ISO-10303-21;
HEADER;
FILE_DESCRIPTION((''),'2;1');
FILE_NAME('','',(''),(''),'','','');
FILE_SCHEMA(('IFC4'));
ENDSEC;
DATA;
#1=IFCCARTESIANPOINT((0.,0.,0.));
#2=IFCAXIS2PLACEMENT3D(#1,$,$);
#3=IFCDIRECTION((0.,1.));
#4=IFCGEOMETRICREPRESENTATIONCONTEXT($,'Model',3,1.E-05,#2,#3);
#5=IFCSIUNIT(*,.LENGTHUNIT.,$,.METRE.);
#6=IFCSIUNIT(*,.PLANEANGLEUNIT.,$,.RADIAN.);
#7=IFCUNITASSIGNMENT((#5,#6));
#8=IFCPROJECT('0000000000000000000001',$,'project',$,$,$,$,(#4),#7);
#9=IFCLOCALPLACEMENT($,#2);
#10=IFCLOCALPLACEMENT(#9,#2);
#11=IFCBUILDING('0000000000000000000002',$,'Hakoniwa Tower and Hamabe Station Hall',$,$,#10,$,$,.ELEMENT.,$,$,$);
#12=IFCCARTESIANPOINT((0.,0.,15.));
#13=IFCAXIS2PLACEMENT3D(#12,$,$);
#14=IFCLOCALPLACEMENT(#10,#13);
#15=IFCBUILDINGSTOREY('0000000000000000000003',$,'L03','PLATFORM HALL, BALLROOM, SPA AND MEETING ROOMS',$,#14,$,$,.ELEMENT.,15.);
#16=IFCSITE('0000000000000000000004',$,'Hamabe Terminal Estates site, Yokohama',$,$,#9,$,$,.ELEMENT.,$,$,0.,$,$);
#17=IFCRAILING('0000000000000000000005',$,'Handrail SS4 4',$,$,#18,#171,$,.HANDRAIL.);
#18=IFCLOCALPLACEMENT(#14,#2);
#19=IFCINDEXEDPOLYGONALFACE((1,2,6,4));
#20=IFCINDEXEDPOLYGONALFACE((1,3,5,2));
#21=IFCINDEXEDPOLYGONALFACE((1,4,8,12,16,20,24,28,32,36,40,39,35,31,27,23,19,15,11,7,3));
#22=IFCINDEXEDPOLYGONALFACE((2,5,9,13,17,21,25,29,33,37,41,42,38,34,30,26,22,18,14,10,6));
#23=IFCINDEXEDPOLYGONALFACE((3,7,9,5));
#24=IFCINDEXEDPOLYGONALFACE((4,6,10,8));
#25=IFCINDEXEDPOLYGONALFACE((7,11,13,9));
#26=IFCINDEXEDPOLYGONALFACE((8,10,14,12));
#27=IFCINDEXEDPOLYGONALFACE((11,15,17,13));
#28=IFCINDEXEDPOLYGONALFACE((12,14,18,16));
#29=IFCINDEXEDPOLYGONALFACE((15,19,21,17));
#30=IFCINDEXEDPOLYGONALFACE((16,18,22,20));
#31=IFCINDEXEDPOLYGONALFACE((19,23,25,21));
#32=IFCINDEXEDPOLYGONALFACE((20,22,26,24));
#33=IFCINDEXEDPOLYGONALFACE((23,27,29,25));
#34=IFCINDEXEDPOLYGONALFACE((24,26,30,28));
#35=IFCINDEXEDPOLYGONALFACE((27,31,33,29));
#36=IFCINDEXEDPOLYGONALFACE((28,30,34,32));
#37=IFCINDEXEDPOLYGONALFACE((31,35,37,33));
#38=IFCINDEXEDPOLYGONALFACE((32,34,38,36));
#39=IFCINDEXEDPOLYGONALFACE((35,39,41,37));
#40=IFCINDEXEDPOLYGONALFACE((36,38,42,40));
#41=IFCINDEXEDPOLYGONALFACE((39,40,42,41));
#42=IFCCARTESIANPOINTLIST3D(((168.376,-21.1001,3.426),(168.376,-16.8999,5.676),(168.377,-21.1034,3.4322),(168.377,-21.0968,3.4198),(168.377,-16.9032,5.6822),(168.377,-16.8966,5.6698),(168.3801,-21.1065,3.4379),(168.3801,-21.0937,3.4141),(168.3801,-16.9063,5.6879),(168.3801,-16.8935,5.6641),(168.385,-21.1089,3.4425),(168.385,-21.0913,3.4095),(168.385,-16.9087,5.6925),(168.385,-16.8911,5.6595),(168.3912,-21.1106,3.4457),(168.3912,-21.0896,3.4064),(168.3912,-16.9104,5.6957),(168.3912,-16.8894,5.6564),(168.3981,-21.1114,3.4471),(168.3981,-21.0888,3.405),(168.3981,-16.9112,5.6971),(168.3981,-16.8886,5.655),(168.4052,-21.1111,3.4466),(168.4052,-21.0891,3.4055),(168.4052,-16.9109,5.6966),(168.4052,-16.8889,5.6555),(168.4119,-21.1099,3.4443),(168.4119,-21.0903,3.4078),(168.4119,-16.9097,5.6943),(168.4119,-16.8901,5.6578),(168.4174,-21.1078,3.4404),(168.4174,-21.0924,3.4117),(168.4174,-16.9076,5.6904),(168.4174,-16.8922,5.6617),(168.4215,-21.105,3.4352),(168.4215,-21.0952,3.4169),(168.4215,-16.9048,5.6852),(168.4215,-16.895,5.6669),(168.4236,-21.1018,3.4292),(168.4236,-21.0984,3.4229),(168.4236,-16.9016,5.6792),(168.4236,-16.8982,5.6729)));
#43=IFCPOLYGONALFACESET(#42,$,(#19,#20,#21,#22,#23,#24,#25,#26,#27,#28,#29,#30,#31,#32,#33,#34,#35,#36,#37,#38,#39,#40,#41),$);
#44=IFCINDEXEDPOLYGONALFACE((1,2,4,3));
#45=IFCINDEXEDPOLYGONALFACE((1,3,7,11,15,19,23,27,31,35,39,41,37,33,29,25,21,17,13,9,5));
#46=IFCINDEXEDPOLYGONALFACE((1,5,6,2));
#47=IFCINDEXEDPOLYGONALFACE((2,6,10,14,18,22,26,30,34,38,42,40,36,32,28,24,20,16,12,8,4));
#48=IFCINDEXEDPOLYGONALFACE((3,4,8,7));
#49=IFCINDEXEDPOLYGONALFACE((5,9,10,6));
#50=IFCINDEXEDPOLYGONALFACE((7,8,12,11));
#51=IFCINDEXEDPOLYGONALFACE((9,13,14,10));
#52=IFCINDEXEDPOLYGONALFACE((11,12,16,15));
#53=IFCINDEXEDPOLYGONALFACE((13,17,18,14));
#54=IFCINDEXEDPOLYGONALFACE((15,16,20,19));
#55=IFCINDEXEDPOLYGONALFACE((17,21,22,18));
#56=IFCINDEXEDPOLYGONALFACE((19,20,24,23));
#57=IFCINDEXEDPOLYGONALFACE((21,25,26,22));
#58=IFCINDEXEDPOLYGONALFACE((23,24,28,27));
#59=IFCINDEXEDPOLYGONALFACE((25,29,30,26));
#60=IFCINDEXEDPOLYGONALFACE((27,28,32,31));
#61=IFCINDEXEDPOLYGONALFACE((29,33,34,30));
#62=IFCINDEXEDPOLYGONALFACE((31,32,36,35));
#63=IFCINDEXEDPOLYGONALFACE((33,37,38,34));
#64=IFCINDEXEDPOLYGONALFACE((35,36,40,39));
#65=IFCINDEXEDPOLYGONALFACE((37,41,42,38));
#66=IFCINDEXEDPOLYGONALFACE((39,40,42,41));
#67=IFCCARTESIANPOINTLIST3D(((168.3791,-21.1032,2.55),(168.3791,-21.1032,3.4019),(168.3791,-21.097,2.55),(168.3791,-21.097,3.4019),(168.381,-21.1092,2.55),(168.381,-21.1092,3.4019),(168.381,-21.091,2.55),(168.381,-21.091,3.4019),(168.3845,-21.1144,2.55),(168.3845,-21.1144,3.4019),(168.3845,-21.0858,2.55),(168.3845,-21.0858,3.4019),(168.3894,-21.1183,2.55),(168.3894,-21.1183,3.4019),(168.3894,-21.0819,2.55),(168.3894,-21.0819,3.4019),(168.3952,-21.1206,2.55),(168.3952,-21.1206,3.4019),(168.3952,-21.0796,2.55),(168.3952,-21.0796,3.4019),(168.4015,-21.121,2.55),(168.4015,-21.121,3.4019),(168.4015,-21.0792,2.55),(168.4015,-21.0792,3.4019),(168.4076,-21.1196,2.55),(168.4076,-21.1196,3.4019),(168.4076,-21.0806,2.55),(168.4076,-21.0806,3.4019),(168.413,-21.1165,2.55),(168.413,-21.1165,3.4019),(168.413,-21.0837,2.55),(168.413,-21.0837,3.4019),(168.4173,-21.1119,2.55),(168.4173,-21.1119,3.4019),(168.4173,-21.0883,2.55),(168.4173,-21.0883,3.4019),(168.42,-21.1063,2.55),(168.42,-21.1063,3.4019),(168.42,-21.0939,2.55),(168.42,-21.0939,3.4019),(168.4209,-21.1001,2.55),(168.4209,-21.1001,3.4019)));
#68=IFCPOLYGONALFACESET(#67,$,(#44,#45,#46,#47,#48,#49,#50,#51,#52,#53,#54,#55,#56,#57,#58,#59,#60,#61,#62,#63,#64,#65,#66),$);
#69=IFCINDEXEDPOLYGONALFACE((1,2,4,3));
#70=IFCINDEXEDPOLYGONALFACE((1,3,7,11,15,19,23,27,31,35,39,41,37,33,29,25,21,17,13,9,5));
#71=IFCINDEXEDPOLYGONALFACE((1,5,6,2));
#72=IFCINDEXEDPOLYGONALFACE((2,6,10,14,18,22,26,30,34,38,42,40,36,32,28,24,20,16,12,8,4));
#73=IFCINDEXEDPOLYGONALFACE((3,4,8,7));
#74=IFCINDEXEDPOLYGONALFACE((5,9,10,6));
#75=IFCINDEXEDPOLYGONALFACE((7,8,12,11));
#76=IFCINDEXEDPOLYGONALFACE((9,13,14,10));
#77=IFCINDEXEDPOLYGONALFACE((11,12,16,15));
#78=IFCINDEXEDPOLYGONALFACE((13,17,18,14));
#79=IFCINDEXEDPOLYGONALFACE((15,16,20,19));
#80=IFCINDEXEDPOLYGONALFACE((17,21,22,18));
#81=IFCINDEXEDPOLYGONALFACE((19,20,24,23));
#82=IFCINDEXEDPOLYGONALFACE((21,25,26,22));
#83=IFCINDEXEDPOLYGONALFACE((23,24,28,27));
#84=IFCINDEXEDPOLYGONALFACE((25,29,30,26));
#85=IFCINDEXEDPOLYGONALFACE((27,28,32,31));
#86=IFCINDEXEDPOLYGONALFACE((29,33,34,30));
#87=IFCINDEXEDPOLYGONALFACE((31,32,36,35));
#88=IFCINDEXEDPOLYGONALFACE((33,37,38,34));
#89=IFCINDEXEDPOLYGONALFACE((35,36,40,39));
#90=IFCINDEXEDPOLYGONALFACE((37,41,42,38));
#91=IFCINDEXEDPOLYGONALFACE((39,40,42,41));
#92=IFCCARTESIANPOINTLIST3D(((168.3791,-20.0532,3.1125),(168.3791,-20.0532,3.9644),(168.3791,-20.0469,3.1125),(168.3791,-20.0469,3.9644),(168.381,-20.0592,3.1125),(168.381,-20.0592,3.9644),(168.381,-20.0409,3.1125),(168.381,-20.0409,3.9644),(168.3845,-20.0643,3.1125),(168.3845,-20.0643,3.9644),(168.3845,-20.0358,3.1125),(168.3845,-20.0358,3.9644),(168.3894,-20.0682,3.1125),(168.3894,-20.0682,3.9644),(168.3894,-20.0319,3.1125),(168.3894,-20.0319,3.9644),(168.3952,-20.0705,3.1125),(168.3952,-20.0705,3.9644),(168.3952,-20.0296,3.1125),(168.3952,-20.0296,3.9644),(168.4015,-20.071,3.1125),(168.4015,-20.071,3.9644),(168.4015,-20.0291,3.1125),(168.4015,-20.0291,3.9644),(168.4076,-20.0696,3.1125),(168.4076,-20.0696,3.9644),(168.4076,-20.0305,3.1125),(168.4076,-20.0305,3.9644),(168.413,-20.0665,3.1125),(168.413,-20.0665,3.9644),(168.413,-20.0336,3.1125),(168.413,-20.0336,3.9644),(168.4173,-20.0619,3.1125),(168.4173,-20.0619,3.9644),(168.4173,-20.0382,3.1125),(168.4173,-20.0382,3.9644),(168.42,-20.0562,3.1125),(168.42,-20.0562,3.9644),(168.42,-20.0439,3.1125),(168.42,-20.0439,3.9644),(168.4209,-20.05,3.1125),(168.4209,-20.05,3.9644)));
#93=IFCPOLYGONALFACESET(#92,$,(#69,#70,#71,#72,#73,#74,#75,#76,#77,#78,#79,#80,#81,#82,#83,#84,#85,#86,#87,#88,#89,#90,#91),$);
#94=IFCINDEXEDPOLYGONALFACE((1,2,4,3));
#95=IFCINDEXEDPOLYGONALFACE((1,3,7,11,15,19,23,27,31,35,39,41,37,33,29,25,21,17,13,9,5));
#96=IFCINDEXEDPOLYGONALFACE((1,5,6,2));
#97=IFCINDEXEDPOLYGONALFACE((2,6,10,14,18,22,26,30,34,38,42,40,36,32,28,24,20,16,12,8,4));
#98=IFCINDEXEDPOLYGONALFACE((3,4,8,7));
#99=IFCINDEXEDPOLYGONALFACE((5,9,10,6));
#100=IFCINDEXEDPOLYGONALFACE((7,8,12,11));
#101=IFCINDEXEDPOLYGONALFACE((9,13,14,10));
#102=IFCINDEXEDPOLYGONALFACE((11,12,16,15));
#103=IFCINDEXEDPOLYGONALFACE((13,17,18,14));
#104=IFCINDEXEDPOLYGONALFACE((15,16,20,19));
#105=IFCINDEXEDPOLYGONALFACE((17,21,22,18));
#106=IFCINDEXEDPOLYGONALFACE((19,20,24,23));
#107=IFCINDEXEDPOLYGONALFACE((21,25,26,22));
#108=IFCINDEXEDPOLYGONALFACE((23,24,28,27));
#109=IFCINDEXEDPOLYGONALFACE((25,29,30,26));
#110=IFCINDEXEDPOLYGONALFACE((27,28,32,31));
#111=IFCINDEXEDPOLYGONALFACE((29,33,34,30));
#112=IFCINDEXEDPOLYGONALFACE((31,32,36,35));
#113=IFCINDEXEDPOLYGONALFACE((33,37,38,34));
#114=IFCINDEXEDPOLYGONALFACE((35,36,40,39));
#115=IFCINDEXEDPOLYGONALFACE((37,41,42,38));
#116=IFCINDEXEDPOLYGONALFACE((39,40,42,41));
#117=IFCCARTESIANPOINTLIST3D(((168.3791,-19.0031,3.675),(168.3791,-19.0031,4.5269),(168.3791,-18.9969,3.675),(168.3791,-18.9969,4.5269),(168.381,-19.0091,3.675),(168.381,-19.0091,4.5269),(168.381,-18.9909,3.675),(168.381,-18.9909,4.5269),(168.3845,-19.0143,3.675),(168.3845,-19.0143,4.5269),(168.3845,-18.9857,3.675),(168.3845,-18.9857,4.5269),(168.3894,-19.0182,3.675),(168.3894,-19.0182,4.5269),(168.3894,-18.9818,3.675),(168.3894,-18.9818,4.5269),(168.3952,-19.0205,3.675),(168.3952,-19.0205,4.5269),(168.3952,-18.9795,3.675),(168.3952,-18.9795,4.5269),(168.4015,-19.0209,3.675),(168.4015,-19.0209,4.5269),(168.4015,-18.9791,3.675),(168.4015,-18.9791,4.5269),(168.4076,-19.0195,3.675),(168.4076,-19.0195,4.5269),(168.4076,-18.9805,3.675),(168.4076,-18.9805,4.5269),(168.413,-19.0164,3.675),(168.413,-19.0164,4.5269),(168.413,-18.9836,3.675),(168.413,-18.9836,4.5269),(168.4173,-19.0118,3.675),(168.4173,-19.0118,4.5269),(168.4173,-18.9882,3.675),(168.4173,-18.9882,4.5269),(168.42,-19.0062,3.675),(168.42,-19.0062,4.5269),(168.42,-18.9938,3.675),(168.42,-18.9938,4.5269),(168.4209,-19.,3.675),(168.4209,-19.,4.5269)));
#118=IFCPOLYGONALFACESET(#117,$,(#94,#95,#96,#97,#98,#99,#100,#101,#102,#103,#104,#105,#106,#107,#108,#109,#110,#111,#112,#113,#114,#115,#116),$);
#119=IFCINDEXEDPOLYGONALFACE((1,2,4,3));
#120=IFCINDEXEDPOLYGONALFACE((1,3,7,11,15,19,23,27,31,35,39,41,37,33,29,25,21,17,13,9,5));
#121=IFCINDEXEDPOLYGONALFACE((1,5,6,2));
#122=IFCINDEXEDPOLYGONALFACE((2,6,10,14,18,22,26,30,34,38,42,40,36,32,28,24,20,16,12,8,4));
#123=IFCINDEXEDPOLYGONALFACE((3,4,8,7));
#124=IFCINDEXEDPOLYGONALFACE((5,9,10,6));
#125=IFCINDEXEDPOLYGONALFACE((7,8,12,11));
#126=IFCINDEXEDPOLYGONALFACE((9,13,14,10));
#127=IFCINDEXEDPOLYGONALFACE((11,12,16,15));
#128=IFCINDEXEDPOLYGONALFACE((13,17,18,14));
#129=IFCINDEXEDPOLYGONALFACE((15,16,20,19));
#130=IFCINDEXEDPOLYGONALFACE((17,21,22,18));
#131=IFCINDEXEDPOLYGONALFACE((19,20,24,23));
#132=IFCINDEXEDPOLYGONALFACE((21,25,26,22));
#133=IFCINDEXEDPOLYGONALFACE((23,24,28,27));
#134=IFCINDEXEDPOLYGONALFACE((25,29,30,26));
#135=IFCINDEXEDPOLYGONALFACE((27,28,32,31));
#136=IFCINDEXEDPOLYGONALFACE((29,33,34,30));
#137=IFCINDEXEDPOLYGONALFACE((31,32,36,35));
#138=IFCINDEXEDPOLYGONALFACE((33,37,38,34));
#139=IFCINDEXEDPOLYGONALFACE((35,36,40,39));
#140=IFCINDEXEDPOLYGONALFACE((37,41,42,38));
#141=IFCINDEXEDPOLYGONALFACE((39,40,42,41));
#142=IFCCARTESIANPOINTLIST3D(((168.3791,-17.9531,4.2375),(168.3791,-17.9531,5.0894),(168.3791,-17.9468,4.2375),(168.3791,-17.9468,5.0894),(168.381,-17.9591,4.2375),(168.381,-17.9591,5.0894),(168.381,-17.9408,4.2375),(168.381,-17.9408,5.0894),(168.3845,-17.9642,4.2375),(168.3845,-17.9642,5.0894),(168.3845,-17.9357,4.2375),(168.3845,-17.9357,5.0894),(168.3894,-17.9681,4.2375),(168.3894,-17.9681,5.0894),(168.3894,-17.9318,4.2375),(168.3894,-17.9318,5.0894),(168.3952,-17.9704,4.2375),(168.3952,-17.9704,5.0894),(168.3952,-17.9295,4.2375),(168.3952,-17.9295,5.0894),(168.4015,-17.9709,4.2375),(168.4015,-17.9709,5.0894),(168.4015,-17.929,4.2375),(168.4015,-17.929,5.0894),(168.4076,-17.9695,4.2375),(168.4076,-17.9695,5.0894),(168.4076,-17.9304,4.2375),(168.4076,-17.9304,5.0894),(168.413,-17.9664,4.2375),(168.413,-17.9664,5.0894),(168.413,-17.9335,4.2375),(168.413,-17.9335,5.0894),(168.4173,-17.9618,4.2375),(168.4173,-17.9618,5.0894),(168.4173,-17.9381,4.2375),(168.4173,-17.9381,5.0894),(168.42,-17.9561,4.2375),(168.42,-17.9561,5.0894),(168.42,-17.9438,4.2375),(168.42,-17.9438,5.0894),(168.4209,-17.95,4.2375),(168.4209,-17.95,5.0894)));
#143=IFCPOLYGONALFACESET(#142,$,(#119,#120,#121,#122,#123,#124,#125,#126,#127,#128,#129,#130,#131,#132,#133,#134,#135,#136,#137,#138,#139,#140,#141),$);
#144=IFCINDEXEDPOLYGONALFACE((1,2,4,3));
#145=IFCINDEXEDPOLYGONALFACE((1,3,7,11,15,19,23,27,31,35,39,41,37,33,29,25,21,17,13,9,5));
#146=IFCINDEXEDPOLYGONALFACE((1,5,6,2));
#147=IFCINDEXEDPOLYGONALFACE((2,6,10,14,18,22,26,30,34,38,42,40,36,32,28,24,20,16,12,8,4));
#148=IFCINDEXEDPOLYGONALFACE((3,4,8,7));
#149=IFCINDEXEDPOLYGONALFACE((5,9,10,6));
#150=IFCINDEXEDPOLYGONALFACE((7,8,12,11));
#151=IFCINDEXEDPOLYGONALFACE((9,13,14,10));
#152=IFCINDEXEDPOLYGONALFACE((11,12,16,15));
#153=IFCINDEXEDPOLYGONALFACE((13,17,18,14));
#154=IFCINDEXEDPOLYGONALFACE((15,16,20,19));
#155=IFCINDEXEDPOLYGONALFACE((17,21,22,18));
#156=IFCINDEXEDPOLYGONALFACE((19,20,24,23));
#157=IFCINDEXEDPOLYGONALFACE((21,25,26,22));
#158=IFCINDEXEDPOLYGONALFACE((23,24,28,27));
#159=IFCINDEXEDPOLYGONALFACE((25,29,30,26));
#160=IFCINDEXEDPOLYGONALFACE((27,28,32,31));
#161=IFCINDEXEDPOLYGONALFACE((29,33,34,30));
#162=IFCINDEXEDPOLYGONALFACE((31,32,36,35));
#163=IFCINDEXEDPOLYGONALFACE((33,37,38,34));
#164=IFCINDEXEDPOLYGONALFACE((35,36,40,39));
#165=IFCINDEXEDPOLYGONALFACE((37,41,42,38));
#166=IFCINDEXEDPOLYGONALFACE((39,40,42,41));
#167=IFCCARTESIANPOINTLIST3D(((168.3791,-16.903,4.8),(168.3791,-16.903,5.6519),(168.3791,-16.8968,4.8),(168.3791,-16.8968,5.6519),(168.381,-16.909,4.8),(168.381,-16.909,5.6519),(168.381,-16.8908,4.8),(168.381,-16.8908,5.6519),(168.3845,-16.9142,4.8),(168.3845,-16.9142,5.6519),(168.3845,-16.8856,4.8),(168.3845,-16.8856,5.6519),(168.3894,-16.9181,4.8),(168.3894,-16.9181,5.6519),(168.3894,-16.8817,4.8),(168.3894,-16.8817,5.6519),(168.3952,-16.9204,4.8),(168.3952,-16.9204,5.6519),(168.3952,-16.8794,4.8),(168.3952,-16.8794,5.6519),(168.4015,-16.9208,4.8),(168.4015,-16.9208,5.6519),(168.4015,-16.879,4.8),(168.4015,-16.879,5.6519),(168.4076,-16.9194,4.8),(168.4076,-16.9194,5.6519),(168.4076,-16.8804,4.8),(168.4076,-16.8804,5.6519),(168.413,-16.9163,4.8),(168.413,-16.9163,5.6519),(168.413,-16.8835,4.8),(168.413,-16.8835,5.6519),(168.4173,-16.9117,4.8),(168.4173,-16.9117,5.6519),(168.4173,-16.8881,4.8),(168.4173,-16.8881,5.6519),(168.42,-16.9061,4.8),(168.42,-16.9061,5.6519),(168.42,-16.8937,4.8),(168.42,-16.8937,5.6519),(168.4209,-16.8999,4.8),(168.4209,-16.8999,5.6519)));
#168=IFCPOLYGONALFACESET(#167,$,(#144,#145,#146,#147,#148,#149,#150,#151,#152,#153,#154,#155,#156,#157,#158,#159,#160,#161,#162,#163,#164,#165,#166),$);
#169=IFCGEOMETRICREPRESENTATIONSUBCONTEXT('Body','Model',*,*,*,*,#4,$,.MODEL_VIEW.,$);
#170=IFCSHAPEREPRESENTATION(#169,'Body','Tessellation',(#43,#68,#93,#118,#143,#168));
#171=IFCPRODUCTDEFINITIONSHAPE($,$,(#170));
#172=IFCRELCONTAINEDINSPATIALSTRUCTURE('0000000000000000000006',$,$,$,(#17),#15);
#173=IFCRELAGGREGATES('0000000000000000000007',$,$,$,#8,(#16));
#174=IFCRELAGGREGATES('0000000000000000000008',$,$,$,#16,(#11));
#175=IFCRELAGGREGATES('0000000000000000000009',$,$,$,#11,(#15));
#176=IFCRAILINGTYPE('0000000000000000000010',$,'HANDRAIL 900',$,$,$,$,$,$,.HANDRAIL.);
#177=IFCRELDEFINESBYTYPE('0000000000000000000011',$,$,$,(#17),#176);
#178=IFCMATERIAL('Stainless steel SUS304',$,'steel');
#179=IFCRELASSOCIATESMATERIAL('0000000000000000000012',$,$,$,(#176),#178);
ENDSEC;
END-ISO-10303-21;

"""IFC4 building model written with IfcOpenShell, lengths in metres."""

from ifc_helpers import new_model, si_unit, direction, frame, origin, origin_2d, place, context, subcontext, project, spatial, circle, extrude, material, type_object, element, save


model = new_model("IFC4")

# Units and contexts
model_context = context("Model", 3, precision=1e-05, world=origin(), true_north=direction((0.0, 1.0)))
body_context = subcontext(model_context, "Body", "Model", "MODEL_VIEW")
ifc_project = project(units=[si_unit("LENGTHUNIT", "METRE"), si_unit("PLANEANGLEUNIT", "RADIAN")], contexts=[model_context])

# Site, building, storey
site_placement = place(None, origin())
site = spatial("IfcSite", under=ifc_project, at=site_placement, Name="Hamabe Terminal Estates site, Yokohama", CompositionType="ELEMENT", RefElevation=0.0)
building_placement = place(site_placement, origin())
building = spatial("IfcBuilding", under=site, at=building_placement, Name="Hakoniwa Tower and Hamabe Station Hall", CompositionType="ELEMENT")
storey_placement = place(building_placement, frame((0.0, 0.0, 15.0)))
storey = spatial("IfcBuildingStorey", under=building, at=storey_placement, Name="L03", Description="PLATFORM HALL, BALLROOM, SPA AND MEETING ROOMS", CompositionType="ELEMENT", Elevation=15.0)

# Railing
ifc_material_1 = material(Name="Stainless steel SUS304", Category="steel")
railing_type_1 = type_object("IfcRailingType", Name="HANDRAIL 900", PredefinedType="HANDRAIL", material=ifc_material_1)
for number, where, name in (
    (1, (168.3999, -21.1001, 2.55), "Handrail SS4 4"),
):
    element("IfcRailing", number, at=place(storey_placement, frame(where)), inside=storey, type_object=railing_type_1, Name=name, PredefinedType="HANDRAIL", context=body_context, shape_type="SweptSolid", body=[
        extrude(circle(Radius=0.0239, at=origin_2d()), frame((0.0, 0.0, 0.876), z_axis=(0.0, 0.881489, 0.472204), x_axis=(-1.0, 0.0, 0.0)), (0.0, 0.0, 1.0), 4.7649),
        extrude(circle(Radius=0.021, at=origin_2d()), origin(), (0.0, 0.0, 1.0), 0.8518),
        extrude(circle(Radius=0.021, at=origin_2d()), frame((0.0, 1.05, 0.5625)), (0.0, 0.0, 1.0), 0.8518),
        extrude(circle(Radius=0.021, at=origin_2d()), frame((0.0, 2.1001, 1.125)), (0.0, 0.0, 1.0), 0.8518),
        extrude(circle(Radius=0.021, at=origin_2d()), frame((0.0, 3.1501, 1.6875)), (0.0, 0.0, 1.0), 0.8518),
        extrude(circle(Radius=0.021, at=origin_2d()), frame((0.0, 4.2002, 2.25)), (0.0, 0.0, 1.0), 0.8518),
    ])

save(model, "model.ifc")
